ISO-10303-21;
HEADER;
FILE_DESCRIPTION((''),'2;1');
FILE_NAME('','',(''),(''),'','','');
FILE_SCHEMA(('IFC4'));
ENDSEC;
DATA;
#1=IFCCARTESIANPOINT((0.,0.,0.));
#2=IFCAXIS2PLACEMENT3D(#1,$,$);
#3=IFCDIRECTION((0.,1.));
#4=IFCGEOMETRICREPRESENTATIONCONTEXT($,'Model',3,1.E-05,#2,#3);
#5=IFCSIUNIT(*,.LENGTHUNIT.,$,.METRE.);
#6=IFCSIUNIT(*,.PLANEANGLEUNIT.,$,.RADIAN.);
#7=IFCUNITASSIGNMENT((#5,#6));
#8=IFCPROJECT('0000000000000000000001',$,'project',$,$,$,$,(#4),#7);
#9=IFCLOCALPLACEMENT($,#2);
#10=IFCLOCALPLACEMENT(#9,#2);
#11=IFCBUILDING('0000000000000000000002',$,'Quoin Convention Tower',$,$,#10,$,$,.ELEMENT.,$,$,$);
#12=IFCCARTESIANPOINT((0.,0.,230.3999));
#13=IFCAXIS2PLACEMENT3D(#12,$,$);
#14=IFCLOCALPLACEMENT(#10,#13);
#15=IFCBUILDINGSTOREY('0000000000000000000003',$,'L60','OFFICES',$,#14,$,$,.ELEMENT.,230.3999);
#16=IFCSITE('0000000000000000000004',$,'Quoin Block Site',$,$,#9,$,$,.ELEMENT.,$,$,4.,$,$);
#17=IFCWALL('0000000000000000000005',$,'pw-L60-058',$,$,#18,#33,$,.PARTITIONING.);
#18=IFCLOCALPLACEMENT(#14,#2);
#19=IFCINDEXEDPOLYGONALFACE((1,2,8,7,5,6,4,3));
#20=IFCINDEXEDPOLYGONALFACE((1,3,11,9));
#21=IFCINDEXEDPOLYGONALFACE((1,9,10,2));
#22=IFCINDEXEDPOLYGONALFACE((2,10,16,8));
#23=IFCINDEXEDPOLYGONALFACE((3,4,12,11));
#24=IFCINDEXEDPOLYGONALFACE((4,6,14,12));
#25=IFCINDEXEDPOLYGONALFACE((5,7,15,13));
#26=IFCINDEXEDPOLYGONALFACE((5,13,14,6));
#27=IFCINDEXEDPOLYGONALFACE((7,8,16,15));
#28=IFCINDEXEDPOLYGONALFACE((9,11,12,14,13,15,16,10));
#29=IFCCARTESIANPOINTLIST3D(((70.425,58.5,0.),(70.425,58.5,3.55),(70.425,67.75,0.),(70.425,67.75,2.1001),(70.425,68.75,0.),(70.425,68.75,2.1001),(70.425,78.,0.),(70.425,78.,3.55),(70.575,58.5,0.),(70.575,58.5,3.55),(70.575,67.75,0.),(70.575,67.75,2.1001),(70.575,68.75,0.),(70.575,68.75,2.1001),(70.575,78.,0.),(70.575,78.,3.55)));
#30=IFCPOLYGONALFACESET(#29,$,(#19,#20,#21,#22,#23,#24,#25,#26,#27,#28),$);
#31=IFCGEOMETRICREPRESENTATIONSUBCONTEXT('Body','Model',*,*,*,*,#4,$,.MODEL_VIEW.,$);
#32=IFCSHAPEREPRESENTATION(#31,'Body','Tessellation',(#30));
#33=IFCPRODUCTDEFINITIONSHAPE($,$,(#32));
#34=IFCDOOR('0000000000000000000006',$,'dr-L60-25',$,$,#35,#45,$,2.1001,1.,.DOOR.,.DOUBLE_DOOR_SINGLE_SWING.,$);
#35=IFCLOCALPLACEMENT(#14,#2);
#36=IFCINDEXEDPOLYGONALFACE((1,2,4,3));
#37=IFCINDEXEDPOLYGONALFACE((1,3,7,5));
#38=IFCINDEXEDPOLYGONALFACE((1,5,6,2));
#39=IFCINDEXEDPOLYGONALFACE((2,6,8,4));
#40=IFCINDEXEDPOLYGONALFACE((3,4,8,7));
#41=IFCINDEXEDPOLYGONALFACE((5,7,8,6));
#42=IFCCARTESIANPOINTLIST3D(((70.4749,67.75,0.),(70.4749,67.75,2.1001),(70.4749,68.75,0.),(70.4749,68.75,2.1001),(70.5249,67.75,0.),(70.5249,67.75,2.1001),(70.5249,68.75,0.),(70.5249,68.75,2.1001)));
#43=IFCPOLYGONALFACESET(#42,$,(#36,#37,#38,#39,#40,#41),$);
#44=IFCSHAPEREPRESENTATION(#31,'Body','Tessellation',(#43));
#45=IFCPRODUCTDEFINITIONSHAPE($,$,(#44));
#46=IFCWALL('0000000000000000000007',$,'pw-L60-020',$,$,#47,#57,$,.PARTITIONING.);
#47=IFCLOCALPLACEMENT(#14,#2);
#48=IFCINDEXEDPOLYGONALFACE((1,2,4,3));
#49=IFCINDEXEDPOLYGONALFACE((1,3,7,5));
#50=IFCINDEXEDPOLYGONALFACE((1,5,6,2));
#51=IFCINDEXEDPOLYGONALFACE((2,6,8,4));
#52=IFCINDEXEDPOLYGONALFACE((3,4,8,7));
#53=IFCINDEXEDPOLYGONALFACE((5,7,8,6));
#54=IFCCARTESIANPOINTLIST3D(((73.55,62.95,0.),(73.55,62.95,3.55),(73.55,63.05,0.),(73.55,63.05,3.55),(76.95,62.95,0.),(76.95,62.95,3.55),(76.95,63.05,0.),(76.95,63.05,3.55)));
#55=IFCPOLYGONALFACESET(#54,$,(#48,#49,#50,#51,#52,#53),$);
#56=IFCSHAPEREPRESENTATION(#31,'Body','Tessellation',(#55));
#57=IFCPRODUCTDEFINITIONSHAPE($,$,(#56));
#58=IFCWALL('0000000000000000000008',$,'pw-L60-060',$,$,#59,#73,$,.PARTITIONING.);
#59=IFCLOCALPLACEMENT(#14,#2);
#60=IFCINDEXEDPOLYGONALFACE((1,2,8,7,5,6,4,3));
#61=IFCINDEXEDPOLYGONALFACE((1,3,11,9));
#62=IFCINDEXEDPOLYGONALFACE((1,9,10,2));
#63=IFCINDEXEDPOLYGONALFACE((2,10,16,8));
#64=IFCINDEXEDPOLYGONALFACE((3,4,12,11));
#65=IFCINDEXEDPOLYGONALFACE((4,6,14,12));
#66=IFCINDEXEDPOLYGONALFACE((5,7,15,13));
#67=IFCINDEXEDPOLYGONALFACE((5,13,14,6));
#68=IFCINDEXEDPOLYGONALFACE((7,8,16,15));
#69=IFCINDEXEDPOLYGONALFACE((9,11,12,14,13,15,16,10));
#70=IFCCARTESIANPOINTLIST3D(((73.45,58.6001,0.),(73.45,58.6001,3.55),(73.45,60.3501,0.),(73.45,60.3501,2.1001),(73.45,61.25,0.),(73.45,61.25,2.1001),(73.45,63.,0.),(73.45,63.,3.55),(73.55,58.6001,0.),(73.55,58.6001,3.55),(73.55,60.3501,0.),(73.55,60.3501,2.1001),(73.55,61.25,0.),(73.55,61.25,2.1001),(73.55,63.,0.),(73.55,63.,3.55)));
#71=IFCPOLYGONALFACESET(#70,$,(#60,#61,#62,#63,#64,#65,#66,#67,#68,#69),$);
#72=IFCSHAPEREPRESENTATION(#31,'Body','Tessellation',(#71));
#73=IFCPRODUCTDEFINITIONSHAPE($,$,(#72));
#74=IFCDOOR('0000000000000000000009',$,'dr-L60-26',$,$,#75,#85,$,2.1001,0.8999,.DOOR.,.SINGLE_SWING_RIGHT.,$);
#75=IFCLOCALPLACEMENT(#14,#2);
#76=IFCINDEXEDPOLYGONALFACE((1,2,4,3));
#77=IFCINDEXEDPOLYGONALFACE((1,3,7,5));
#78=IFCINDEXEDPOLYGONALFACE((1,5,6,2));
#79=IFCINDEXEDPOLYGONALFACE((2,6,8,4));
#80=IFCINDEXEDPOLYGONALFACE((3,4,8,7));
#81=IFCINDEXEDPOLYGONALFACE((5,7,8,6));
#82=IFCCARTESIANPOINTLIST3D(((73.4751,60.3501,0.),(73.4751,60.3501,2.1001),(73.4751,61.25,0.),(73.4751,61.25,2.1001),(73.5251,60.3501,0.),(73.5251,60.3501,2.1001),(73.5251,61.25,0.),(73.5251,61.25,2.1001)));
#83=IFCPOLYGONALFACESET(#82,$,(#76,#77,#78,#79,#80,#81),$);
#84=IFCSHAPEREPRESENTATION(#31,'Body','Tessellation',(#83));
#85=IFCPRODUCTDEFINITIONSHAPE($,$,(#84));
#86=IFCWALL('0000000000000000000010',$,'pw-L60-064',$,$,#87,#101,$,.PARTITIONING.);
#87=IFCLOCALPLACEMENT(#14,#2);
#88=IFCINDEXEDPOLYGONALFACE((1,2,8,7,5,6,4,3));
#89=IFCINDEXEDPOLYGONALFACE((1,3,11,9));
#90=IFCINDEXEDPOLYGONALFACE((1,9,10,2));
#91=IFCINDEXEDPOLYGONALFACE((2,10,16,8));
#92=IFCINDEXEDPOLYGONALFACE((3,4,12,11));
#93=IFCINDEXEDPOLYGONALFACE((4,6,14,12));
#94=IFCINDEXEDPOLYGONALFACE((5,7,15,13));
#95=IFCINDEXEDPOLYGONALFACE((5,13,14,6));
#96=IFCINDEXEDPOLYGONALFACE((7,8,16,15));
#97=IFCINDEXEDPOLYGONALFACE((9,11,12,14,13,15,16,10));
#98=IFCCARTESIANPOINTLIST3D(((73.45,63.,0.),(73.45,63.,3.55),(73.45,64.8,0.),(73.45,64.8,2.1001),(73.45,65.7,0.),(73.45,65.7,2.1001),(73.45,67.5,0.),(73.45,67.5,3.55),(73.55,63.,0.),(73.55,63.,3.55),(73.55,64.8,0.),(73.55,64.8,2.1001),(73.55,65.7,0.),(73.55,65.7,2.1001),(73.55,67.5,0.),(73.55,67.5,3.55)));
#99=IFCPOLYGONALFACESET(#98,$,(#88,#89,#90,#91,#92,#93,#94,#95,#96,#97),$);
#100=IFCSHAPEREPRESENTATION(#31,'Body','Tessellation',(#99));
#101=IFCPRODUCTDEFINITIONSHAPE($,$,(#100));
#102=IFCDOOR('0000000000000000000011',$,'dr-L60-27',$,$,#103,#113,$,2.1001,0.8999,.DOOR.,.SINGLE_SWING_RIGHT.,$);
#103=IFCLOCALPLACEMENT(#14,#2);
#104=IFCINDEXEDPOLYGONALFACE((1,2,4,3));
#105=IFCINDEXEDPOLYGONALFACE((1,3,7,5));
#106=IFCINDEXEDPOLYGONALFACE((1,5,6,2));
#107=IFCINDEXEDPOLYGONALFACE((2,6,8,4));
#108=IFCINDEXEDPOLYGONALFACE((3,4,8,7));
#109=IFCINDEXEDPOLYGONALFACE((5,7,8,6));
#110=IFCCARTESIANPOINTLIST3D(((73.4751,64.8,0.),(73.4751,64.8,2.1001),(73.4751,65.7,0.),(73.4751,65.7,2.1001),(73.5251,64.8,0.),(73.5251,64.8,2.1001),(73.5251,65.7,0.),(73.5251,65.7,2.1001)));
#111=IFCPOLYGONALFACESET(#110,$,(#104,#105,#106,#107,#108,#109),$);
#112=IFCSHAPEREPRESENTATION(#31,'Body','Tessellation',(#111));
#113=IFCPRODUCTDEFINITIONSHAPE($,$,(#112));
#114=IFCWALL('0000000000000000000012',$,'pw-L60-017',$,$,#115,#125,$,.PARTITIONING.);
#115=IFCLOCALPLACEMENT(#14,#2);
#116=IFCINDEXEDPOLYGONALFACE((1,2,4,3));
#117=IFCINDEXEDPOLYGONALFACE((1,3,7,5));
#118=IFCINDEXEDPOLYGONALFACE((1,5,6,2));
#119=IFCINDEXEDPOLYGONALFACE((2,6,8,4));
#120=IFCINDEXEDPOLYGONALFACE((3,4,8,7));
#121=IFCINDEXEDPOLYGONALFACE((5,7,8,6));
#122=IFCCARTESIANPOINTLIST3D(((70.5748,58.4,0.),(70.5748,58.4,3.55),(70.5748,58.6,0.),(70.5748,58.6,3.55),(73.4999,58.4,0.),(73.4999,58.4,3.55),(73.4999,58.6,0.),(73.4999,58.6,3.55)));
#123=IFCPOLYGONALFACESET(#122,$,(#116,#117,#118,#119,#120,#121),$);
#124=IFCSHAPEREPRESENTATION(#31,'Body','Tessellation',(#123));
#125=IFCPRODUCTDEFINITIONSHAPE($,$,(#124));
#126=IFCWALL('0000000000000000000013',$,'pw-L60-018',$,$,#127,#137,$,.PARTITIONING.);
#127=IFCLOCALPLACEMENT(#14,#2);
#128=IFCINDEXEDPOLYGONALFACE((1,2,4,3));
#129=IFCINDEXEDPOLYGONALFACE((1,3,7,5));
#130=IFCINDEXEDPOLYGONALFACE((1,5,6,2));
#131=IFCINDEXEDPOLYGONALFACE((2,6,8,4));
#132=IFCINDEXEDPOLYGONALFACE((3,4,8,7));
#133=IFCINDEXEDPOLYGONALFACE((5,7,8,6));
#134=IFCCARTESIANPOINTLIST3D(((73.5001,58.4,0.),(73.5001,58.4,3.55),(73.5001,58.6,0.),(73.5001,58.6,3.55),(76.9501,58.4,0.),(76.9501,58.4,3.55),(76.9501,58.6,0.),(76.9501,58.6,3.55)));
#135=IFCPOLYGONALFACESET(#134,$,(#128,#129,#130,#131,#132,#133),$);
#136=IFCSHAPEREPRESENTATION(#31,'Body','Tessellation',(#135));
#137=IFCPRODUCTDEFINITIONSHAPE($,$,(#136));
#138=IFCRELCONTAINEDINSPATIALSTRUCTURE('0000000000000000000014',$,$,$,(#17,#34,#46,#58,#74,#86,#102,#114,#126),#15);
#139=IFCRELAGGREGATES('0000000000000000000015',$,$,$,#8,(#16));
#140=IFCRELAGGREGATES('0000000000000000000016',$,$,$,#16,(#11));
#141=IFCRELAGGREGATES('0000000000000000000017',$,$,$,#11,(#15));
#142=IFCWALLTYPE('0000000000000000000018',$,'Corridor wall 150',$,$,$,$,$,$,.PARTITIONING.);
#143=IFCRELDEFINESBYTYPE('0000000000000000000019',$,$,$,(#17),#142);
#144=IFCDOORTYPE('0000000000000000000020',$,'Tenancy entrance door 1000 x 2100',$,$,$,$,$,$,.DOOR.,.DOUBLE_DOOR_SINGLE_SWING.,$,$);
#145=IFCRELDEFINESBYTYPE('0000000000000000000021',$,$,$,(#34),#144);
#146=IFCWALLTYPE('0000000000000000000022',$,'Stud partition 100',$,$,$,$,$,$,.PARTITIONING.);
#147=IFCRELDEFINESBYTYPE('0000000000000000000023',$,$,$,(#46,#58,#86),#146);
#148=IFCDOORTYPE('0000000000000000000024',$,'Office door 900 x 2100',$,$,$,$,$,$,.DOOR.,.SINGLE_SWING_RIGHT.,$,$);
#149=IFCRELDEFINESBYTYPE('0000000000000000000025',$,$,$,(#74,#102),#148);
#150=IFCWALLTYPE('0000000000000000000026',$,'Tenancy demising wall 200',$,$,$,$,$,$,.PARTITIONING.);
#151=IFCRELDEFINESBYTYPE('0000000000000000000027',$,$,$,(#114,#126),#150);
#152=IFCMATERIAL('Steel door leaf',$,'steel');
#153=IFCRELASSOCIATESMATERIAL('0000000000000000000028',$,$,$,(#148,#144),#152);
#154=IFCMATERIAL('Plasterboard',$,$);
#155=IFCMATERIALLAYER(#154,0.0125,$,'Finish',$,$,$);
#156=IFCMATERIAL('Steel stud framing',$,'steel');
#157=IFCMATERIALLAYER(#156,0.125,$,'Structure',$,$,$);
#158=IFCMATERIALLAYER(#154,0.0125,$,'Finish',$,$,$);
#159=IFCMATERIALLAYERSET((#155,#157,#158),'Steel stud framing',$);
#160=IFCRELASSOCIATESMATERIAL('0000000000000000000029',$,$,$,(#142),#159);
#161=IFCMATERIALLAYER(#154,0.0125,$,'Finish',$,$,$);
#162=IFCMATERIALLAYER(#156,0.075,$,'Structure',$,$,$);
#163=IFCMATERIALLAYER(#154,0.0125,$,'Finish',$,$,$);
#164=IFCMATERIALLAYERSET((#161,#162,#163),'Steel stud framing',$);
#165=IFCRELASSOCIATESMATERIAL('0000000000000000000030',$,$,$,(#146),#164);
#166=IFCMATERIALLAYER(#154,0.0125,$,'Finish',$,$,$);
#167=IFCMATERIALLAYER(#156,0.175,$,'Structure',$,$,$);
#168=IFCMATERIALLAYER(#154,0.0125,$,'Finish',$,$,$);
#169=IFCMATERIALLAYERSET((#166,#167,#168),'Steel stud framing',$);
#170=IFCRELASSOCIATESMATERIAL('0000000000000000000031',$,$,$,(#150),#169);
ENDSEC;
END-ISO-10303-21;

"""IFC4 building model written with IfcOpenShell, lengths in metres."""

from ifc_helpers import new_model, si_unit, direction, frame, frame_2d, origin, place, context, subcontext, project, spatial, rectangle, extrude, material, layer, layer_set, type_object, element, fill, save


model = new_model("IFC4")

# Units and contexts
model_context = context("Model", 3, precision=1e-05, world=origin(), true_north=direction((0.0, 1.0)))
body_context = subcontext(model_context, "Body", "Model", "MODEL_VIEW")
ifc_project = project(units=[si_unit("LENGTHUNIT", "METRE"), si_unit("PLANEANGLEUNIT", "RADIAN")], contexts=[model_context])

# Site, building, storey
site_placement = place(None, origin())
site = spatial("IfcSite", under=ifc_project, at=site_placement, Name="Quoin Block Site", CompositionType="ELEMENT", RefElevation=4.0)
building_placement = place(site_placement, origin())
building = spatial("IfcBuilding", under=site, at=building_placement, Name="Quoin Convention Tower", CompositionType="ELEMENT")
storey_placement = place(building_placement, frame((0.0, 0.0, 230.3999)))
storey = spatial("IfcBuildingStorey", under=building, at=storey_placement, Name="L60", Description="OFFICES", CompositionType="ELEMENT", Elevation=230.3999)

# Shared definitions
ifc_material_1 = material(Name="Plasterboard")
ifc_material_2 = material(Name="Steel stud framing", Category="steel")

# Wall, opening, door
ifc_material_3 = material(Name="Steel door leaf", Category="steel")
door_type_1 = type_object("IfcDoorType", Name="Office door 900 x 2100", OperationType="SINGLE_SWING_RIGHT", PredefinedType="DOOR", material=ifc_material_3)
ifc_layer_1 = layer(ifc_material_1, 0.0125, Name="Finish")
ifc_layer_2 = layer(ifc_material_2, 0.125, Name="Structure")
ifc_layer_3 = layer(ifc_material_1, 0.0125, Name="Finish")
ifc_layer_set_1 = layer_set([ifc_layer_1, ifc_layer_2, ifc_layer_3], Name="Steel stud framing")
wall_type_1 = type_object("IfcWallType", Name="Corridor wall 150", PredefinedType="PARTITIONING", material=ifc_layer_set_1)
wall_1_placement = place(storey_placement, frame((70.5, 58.5, 0.0), z_axis=(0.0, 0.0, 1.0), x_axis=(0.0, 1.0, 0.0)))
wall_1 = element("IfcWall", 1, at=wall_1_placement, inside=storey, type_object=wall_type_1, Name="pw-L60-058", PredefinedType="PARTITIONING", context=body_context, shape_type="SweptSolid", body=[
    extrude(rectangle(XDim=19.5, YDim=0.1499, at=frame_2d((9.75, 0.0))), origin(), (0.0, 0.0, 1.0), 3.55),
])
opening_1_placement = place(wall_1_placement, frame((9.25, 0.0, 0.0)))
opening_1 = element("IfcOpeningElement", 2, at=opening_1_placement, cuts=wall_1, PredefinedType="OPENING", context=body_context, shape_type="SweptSolid", body=[
    extrude(rectangle(XDim=1.0, YDim=2.1001, at=frame_2d((0.5, 1.05))), frame((0.0, 0.085, 0.0), z_axis=(0.0, -1.0, 0.0), x_axis=(1.0, 0.0, 0.0)), (0.0, 0.0, 1.0), 0.1699),
])
door_type_2 = type_object("IfcDoorType", Name="Tenancy entrance door 1000 x 2100", OperationType="DOUBLE_DOOR_SINGLE_SWING", PredefinedType="DOOR", material=ifc_material_3)
door_1_placement = place(opening_1_placement, frame((1.0, 0.0, 0.0), z_axis=(0.0, 0.0, 1.0), x_axis=(-1.0, 0.0, 0.0)))
door_1 = element("IfcDoor", 3, at=door_1_placement, inside=storey, type_object=door_type_2, Name="dr-L60-25", OperationType="DOUBLE_DOOR_SINGLE_SWING", OverallHeight=2.1001, OverallWidth=1.0, PredefinedType="DOOR", context=body_context, shape_type="SweptSolid", body=[
    extrude(rectangle(XDim=1.0, YDim=2.1001, at=frame_2d((0.5, 1.05))), frame((0.0, 0.0249, 0.0), z_axis=(0.0, -1.0, 0.0), x_axis=(1.0, 0.0, 0.0)), (0.0, 0.0, 1.0), 0.05),
])
fill(opening_1, door_1)

# Wall
ifc_layer_4 = layer(ifc_material_1, 0.0125, Name="Finish")
ifc_layer_5 = layer(ifc_material_2, 0.075, Name="Structure")
ifc_layer_6 = layer(ifc_material_1, 0.0125, Name="Finish")
ifc_layer_set_2 = layer_set([ifc_layer_4, ifc_layer_5, ifc_layer_6], Name="Steel stud framing")
wall_type_2 = type_object("IfcWallType", Name="Stud partition 100", PredefinedType="PARTITIONING", material=ifc_layer_set_2)
wall_2_placement = place(storey_placement, frame((73.55, 63.0, 0.0), z_axis=(0.0, 0.0, 1.0), x_axis=(1.0, 0.0, 0.0)))
element("IfcWall", 4, at=wall_2_placement, inside=storey, type_object=wall_type_2, Name="pw-L60-020", PredefinedType="PARTITIONING", context=body_context, shape_type="SweptSolid", body=[
    extrude(rectangle(XDim=3.3999, YDim=0.1001, at=frame_2d((1.7, 0.0))), origin(), (0.0, 0.0, 1.0), 3.55),
])

# Walls, openings, doors
wall_3_placement = place(storey_placement, frame((73.5, 58.6001, 0.0), z_axis=(0.0, 0.0, 1.0), x_axis=(0.0, 1.0, 0.0)))
wall_3 = element("IfcWall", 5, at=wall_3_placement, inside=storey, type_object=wall_type_2, Name="pw-L60-060", PredefinedType="PARTITIONING", context=body_context, shape_type="SweptSolid", body=[
    extrude(rectangle(XDim=4.3999, YDim=0.1001, at=frame_2d((2.2, 0.0))), origin(), (0.0, 0.0, 1.0), 3.55),
])
opening_2_placement = place(wall_3_placement, frame((1.75, 0.0, 0.0)))
opening_2 = element("IfcOpeningElement", 6, at=opening_2_placement, cuts=wall_3, PredefinedType="OPENING", context=body_context, shape_type="SweptSolid", body=[
    extrude(rectangle(XDim=0.8999, YDim=2.1001, at=frame_2d((0.45, 1.05))), frame((0.0, 0.0601, 0.0), z_axis=(0.0, -1.0, 0.0), x_axis=(1.0, 0.0, 0.0)), (0.0, 0.0, 1.0), 0.1201),
])
door_2_placement = place(opening_2_placement, origin())
door_2 = element("IfcDoor", 7, at=door_2_placement, inside=storey, type_object=door_type_1, Name="dr-L60-26", OperationType="SINGLE_SWING_RIGHT", OverallHeight=2.1001, OverallWidth=0.8999, PredefinedType="DOOR", context=body_context, shape_type="SweptSolid", body=[
    extrude(rectangle(XDim=0.8999, YDim=2.1001, at=frame_2d((0.45, 1.05))), frame((0.0, 0.0249, 0.0), z_axis=(0.0, -1.0, 0.0), x_axis=(1.0, 0.0, 0.0)), (0.0, 0.0, 1.0), 0.05),
])
fill(opening_2, door_2)
wall_4_placement = place(storey_placement, frame((73.5, 63.0, 0.0), z_axis=(0.0, 0.0, 1.0), x_axis=(0.0, 1.0, 0.0)))
wall_4 = element("IfcWall", 8, at=wall_4_placement, inside=storey, type_object=wall_type_2, Name="pw-L60-064", PredefinedType="PARTITIONING", context=body_context, shape_type="SweptSolid", body=[
    extrude(rectangle(XDim=4.5, YDim=0.1001, at=frame_2d((2.25, 0.0))), origin(), (0.0, 0.0, 1.0), 3.55),
])
opening_3_placement = place(wall_4_placement, frame((1.8, 0.0, 0.0)))
opening_3 = element("IfcOpeningElement", 9, at=opening_3_placement, cuts=wall_4, PredefinedType="OPENING", context=body_context, shape_type="SweptSolid", body=[
    extrude(rectangle(XDim=0.8999, YDim=2.1001, at=frame_2d((0.45, 1.05))), frame((0.0, 0.0601, 0.0), z_axis=(0.0, -1.0, 0.0), x_axis=(1.0, 0.0, 0.0)), (0.0, 0.0, 1.0), 0.1201),
])
door_3_placement = place(opening_3_placement, origin())
door_3 = element("IfcDoor", 10, at=door_3_placement, inside=storey, type_object=door_type_1, Name="dr-L60-27", OperationType="SINGLE_SWING_RIGHT", OverallHeight=2.1001, OverallWidth=0.8999, PredefinedType="DOOR", context=body_context, shape_type="SweptSolid", body=[
    extrude(rectangle(XDim=0.8999, YDim=2.1001, at=frame_2d((0.45, 1.05))), frame((0.0, 0.0249, 0.0), z_axis=(0.0, -1.0, 0.0), x_axis=(1.0, 0.0, 0.0)), (0.0, 0.0, 1.0), 0.05),
])
fill(opening_3, door_3)

# Walls
ifc_layer_7 = layer(ifc_material_1, 0.0125, Name="Finish")
ifc_layer_8 = layer(ifc_material_2, 0.175, Name="Structure")
ifc_layer_9 = layer(ifc_material_1, 0.0125, Name="Finish")
ifc_layer_set_3 = layer_set([ifc_layer_7, ifc_layer_8, ifc_layer_9], Name="Steel stud framing")
wall_type_3 = type_object("IfcWallType", Name="Tenancy demising wall 200", PredefinedType="PARTITIONING", material=ifc_layer_set_3)
wall_5_placement = place(storey_placement, frame((70.575, 58.5, 0.0), z_axis=(0.0, 0.0, 1.0), x_axis=(1.0, 0.0, 0.0)))
element("IfcWall", 11, at=wall_5_placement, inside=storey, type_object=wall_type_3, Name="pw-L60-017", PredefinedType="PARTITIONING", context=body_context, shape_type="SweptSolid", body=[
    extrude(rectangle(XDim=2.925, YDim=0.2, at=frame_2d((1.4624, 0.0))), origin(), (0.0, 0.0, 1.0), 3.55),
])
wall_6_placement = place(storey_placement, frame((73.5, 58.5, 0.0), z_axis=(0.0, 0.0, 1.0), x_axis=(1.0, 0.0, 0.0)))
element("IfcWall", 12, at=wall_6_placement, inside=storey, type_object=wall_type_3, Name="pw-L60-018", PredefinedType="PARTITIONING", context=body_context, shape_type="SweptSolid", body=[
    extrude(rectangle(XDim=3.45, YDim=0.2, at=frame_2d((1.7251, 0.0))), origin(), (0.0, 0.0, 1.0), 3.55),
])

save(model, "model.ifc")
